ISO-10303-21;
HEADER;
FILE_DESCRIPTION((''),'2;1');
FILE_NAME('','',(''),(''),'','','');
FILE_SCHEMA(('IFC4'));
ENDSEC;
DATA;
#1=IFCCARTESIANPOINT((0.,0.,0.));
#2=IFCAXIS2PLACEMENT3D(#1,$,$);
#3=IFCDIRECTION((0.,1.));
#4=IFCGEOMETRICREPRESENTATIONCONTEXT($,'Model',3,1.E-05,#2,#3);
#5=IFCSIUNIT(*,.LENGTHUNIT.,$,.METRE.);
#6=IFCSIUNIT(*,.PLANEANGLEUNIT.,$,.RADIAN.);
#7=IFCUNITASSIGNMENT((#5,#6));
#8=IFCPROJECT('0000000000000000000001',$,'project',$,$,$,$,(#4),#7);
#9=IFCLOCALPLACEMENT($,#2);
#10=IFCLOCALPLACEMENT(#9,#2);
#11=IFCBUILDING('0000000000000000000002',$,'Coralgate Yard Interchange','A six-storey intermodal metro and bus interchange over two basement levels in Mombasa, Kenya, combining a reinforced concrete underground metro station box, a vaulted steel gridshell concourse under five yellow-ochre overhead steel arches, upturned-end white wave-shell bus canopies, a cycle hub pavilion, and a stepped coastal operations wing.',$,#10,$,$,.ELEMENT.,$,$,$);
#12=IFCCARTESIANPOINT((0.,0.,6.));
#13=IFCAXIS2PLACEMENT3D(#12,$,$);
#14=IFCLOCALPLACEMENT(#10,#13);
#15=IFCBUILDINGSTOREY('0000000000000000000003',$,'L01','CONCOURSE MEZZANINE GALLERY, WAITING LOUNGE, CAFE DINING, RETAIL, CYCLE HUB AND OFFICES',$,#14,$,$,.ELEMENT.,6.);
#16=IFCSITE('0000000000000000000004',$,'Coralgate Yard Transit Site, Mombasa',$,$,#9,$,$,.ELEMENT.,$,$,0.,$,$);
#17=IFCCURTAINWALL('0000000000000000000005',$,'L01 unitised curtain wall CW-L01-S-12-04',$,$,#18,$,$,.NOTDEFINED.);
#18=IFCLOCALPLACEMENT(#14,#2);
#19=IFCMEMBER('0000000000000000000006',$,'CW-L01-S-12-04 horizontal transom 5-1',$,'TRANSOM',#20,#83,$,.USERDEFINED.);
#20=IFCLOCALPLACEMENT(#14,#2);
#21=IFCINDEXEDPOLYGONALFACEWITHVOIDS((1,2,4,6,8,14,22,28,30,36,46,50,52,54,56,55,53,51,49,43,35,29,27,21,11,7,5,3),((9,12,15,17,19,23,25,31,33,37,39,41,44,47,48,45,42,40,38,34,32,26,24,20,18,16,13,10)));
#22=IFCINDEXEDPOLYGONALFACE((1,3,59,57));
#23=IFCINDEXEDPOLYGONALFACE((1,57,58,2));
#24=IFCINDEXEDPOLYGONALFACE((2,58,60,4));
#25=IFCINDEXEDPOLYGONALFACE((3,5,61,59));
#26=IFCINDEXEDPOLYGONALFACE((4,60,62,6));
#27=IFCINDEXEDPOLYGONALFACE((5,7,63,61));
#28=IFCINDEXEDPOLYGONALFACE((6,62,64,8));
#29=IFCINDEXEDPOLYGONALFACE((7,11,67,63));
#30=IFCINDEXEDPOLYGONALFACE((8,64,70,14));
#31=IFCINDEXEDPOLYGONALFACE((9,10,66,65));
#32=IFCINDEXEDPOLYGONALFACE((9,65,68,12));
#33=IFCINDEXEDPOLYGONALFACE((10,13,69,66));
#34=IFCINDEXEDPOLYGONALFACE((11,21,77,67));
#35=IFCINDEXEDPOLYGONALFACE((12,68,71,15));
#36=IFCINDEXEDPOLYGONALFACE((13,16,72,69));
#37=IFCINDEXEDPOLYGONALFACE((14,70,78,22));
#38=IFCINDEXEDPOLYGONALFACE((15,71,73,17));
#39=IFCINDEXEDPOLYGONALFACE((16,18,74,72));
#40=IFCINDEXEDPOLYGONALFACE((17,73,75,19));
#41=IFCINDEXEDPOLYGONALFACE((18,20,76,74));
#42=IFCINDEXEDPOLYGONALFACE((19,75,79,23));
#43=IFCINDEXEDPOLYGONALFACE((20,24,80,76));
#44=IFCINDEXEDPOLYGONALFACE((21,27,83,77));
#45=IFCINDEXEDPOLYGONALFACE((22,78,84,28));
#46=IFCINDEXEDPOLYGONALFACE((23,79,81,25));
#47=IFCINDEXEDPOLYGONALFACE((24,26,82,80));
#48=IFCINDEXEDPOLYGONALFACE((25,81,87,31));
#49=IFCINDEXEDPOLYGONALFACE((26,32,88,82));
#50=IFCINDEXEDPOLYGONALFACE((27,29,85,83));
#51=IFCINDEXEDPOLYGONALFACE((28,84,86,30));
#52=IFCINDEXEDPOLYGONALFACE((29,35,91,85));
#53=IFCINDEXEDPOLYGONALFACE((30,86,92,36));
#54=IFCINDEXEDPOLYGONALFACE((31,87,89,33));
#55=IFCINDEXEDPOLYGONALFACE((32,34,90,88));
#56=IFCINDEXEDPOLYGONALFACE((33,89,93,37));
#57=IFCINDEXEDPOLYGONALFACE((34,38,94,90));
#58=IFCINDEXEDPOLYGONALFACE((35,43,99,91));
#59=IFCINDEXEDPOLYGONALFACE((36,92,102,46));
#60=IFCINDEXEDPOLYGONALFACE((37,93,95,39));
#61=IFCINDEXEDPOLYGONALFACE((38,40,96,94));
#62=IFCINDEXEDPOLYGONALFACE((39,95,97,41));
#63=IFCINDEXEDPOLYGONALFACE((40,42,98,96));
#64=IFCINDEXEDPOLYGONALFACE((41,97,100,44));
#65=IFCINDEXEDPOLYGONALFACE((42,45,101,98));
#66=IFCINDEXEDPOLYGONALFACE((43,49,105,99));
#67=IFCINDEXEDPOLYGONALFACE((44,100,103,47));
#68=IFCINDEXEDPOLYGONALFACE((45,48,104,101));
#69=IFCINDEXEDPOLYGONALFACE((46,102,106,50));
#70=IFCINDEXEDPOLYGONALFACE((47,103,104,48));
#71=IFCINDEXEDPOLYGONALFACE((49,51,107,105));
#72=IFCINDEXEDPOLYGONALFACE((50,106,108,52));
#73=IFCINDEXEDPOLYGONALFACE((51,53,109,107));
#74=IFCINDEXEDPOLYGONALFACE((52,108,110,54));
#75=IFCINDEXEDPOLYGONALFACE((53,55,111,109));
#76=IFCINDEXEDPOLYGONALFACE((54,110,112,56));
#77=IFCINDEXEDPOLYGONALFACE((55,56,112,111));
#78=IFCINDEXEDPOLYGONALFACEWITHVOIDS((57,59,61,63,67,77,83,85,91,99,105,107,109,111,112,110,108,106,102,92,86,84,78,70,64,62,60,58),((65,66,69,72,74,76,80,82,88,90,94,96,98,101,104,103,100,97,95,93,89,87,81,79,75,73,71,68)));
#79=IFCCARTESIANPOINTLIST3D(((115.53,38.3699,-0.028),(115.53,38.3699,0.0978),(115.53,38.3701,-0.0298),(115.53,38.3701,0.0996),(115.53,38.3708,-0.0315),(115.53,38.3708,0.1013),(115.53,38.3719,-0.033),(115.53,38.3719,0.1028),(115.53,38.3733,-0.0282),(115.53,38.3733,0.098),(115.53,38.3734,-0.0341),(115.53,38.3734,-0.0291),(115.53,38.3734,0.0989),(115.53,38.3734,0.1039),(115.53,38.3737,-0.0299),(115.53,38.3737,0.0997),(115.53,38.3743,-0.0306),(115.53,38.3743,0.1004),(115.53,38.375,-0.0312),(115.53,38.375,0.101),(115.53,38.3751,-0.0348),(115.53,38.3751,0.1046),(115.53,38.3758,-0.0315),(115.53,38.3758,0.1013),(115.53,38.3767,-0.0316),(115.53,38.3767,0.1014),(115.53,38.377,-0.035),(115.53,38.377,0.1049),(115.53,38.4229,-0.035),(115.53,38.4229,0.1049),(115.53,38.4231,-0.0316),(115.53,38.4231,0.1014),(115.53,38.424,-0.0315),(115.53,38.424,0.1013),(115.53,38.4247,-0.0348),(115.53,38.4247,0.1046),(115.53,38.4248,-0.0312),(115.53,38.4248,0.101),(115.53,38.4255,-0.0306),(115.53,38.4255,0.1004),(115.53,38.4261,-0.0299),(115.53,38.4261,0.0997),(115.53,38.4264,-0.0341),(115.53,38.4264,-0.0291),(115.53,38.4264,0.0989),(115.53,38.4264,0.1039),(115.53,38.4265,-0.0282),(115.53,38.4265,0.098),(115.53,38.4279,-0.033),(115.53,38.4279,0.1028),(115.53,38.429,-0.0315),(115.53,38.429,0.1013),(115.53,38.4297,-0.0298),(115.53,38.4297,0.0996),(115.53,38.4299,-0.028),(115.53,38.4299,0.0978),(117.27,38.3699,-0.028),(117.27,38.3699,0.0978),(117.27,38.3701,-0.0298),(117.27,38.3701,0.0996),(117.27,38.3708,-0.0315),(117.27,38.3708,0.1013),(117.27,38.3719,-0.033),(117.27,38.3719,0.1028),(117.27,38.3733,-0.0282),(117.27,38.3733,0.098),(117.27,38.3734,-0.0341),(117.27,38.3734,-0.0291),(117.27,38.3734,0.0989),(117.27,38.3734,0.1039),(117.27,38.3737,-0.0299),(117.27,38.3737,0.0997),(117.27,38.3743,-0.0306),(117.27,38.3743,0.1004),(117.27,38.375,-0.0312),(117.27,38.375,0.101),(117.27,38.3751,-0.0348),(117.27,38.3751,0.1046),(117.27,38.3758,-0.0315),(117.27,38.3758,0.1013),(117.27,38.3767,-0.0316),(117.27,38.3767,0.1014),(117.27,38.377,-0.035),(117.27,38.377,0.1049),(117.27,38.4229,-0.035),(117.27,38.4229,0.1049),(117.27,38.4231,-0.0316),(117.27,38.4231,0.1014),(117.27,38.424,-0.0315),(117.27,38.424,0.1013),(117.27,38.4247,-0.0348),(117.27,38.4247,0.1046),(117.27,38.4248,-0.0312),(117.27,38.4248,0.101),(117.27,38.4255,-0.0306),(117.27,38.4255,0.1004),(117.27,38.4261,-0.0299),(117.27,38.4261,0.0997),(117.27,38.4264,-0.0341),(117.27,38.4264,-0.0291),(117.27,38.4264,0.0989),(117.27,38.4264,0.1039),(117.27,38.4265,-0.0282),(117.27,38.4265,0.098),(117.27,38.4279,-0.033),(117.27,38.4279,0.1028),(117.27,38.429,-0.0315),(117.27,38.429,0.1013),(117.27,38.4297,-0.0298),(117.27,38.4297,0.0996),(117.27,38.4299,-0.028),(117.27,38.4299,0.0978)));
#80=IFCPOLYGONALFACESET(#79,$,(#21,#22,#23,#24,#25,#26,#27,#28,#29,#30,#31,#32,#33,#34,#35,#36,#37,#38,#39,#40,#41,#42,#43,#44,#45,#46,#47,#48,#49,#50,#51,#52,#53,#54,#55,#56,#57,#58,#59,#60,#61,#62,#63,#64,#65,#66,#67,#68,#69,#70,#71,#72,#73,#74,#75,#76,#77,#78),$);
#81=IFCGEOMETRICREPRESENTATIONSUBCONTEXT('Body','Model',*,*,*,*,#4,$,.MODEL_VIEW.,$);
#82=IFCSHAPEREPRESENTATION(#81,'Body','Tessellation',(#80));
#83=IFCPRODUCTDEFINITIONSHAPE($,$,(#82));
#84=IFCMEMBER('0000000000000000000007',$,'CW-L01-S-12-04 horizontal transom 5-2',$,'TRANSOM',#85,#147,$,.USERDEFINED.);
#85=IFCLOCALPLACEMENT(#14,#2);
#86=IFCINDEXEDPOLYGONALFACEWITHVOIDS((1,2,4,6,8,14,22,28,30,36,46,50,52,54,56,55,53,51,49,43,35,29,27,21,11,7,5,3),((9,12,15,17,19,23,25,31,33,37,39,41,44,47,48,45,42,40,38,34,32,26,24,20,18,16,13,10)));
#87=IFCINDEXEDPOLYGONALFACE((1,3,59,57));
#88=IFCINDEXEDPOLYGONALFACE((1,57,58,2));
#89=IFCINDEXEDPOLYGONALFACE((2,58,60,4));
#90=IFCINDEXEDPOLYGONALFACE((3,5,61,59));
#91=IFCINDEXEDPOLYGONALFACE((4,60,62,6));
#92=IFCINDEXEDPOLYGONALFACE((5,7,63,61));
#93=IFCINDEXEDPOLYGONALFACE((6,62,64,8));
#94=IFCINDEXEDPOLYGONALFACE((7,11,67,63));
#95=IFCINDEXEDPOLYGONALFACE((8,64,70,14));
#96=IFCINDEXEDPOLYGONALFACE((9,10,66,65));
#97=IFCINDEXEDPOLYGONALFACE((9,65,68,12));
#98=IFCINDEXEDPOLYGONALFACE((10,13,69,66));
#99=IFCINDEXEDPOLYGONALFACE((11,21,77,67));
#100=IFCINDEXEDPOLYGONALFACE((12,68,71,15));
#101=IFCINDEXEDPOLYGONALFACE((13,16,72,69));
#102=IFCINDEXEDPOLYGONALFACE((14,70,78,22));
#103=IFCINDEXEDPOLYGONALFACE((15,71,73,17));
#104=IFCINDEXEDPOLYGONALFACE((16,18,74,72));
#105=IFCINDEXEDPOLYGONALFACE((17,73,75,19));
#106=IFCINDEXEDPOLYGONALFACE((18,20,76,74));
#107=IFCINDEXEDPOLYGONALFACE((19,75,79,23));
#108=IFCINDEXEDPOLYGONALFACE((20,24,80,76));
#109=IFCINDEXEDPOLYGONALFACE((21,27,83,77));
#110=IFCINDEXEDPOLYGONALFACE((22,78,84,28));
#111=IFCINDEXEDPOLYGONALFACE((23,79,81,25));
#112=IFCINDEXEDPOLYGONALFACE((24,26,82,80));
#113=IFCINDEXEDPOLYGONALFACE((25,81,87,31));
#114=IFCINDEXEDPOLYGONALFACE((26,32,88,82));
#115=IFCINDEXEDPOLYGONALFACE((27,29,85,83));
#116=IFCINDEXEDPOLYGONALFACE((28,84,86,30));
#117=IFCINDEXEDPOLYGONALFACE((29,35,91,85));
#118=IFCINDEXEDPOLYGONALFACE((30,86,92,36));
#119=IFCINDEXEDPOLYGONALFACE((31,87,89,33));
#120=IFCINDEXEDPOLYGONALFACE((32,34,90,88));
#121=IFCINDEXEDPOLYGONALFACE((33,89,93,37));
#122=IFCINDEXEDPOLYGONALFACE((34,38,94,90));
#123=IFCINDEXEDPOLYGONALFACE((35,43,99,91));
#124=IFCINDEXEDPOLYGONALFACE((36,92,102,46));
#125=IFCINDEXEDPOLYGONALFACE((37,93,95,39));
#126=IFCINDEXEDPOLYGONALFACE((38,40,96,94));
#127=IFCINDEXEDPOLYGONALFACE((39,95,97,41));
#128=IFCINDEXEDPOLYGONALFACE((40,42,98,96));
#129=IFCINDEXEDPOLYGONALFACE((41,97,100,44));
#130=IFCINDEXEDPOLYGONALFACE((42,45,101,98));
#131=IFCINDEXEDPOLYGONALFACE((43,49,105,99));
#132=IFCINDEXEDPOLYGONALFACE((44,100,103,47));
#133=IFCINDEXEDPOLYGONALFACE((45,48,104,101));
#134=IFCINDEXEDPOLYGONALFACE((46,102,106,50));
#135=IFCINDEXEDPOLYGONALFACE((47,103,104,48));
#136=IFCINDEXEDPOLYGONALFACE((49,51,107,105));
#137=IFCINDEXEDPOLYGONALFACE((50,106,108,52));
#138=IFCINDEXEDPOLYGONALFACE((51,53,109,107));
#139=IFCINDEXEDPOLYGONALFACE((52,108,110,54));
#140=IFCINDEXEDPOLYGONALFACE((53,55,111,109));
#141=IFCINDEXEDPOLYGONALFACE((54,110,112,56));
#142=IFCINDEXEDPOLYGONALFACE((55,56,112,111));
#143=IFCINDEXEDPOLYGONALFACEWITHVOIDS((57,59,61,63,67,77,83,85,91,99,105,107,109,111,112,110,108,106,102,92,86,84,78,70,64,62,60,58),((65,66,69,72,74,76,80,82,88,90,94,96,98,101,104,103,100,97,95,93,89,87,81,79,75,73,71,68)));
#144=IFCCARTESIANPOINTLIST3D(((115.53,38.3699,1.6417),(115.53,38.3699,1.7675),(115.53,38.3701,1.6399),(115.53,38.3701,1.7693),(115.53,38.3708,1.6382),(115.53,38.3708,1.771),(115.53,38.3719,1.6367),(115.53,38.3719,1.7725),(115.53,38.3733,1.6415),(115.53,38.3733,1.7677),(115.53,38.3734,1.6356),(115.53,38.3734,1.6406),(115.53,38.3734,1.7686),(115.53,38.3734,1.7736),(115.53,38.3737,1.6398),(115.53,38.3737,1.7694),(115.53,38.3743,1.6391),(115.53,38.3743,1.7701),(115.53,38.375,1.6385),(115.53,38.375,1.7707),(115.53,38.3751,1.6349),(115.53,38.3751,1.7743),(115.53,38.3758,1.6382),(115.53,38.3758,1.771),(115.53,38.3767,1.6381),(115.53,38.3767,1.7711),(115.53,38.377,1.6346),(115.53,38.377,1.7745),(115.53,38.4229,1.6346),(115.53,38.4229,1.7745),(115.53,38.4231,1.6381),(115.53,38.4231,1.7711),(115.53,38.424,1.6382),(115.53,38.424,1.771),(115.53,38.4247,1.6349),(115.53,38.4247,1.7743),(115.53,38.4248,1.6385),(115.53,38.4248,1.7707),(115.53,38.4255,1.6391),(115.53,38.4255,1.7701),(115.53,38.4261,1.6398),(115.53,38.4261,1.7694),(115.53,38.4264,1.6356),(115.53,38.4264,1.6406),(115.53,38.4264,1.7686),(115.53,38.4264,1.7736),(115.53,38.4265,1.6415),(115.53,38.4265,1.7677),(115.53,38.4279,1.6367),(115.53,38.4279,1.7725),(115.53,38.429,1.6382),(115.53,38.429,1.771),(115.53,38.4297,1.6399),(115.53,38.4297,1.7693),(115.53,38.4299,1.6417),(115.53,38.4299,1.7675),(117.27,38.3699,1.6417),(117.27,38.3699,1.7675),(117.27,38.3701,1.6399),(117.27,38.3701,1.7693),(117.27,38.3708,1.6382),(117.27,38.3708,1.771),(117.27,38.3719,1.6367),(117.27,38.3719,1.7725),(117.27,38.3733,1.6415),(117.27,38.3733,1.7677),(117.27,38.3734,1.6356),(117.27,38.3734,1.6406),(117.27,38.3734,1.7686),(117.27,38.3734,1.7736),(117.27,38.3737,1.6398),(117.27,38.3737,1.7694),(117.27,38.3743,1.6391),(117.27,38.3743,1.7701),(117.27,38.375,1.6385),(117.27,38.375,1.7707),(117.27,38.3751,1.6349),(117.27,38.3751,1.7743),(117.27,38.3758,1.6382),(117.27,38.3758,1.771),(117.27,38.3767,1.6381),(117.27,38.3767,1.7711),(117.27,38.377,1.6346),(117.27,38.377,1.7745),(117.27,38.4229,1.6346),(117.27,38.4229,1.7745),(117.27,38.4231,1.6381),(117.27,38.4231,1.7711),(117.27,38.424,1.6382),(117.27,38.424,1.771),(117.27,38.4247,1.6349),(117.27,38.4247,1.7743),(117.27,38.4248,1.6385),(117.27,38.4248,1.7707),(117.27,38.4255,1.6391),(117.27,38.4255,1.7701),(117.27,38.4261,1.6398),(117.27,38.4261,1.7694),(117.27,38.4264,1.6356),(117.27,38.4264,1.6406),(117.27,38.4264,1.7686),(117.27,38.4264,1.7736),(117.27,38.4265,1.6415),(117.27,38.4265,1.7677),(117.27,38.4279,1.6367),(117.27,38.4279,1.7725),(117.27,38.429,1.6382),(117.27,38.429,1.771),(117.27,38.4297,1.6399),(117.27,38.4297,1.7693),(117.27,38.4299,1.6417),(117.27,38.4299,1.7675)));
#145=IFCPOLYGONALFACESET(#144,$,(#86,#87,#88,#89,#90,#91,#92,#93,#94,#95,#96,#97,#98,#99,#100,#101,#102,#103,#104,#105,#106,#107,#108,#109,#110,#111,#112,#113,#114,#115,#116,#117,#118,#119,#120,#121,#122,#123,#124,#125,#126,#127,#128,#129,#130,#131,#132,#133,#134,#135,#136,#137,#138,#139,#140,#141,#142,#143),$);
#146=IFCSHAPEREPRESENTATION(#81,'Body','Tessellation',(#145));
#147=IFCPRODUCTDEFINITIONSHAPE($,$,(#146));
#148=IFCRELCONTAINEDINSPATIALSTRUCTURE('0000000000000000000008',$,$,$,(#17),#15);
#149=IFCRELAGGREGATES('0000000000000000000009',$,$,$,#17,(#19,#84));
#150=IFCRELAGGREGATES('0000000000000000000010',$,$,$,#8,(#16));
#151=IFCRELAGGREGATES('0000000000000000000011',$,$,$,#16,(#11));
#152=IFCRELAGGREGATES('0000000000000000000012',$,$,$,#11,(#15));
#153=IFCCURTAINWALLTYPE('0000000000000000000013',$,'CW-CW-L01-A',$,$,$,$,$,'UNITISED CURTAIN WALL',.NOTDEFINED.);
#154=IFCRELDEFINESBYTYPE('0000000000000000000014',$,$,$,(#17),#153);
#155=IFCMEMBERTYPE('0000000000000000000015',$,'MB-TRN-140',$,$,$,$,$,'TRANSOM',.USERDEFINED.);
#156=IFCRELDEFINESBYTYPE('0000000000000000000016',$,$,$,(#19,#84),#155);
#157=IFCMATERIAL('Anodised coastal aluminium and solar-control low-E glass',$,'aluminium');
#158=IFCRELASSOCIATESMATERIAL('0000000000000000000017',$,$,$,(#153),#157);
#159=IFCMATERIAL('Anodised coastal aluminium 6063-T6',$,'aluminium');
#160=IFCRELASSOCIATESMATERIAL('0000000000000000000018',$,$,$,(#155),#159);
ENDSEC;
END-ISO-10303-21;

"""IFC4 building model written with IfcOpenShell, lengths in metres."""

from ifc_helpers import new_model, si_unit, direction, frame, origin, origin_2d, place, context, subcontext, project, spatial, hollow_rectangle, extrude, material, material_profile, profile_set, type_object, element, aggregate, save


model = new_model("IFC4")

# Units and contexts
model_context = context("Model", 3, precision=1e-05, world=origin(), true_north=direction((0.0, 1.0)))
body_context = subcontext(model_context, "Body", "Model", "MODEL_VIEW")
ifc_project = project(units=[si_unit("LENGTHUNIT", "METRE"), si_unit("PLANEANGLEUNIT", "RADIAN")], contexts=[model_context])

# Site, building, storey
site_placement = place(None, origin())
site = spatial("IfcSite", under=ifc_project, at=site_placement, Name="Coralgate Yard Transit Site, Mombasa", CompositionType="ELEMENT", RefElevation=0.0)
building_placement = place(site_placement, origin())
building = spatial("IfcBuilding", under=site, at=building_placement, Name="Coralgate Yard Interchange", Description="A six-storey intermodal metro and bus interchange over two basement levels in Mombasa, Kenya, combining a reinforced concrete underground metro station box, a vaulted steel gridshell concourse under five yellow-ochre overhead steel arches, upturned-end white wave-shell bus canopies, a cycle hub pavilion, and a stepped coastal operations wing.", CompositionType="ELEMENT")
storey_placement = place(building_placement, frame((0.0, 0.0, 6.0)))
storey = spatial("IfcBuildingStorey", under=building, at=storey_placement, Name="L01", Description="CONCOURSE MEZZANINE GALLERY, WAITING LOUNGE, CAFE DINING, RETAIL, CYCLE HUB AND OFFICES", CompositionType="ELEMENT", Elevation=6.0)

# Shared definitions
ifc_material_1 = material(Name="Anodised coastal aluminium and solar-control low-E glass", Category="aluminium")
ifc_material_2 = material(Name="Anodised coastal aluminium 6063-T6", Category="aluminium")

# Curtain wall
curtain_wall_type_1 = type_object("IfcCurtainWallType", Name="CW-CW-L01-A", ElementType="UNITISED CURTAIN WALL", PredefinedType="NOTDEFINED", material=ifc_material_1)
curtain_wall_1_placement = place(storey_placement, origin())
curtain_wall_1 = element("IfcCurtainWall", 1, at=curtain_wall_1_placement, inside=storey, type_object=curtain_wall_type_1, Name="L01 unitised curtain wall CW-L01-S-12-04", PredefinedType="NOTDEFINED")

# Members
ifc_material_profile_1 = material_profile(ifc_material_2, hollow_rectangle(XDim=0.0601, YDim=0.1399, WallThickness=0.0034, InnerFilletRadius=0.0034, OuterFilletRadius=0.0071, at=origin_2d()), Name="ALU 60x140x3.5")
ifc_profile_set_1 = profile_set([ifc_material_profile_1], Name="Anodised coastal aluminium 6063-T6")
member_type_1 = type_object("IfcMemberType", Name="MB-TRN-140", ElementType="TRANSOM", PredefinedType="USERDEFINED", material=ifc_profile_set_1)
member_1_placement = place(storey_placement, frame((117.27, 38.3999, 0.0349), z_axis=(-1.0, 0.0, 0.0), x_axis=(0.0, -1.0, 0.0)))
member_1 = element("IfcMember", 2, at=member_1_placement, type_object=member_type_1, Name="CW-L01-S-12-04 horizontal transom 5-1", ObjectType="TRANSOM", PredefinedType="USERDEFINED", context=body_context, shape_type="SweptSolid", body=[
    extrude(hollow_rectangle(XDim=0.0601, YDim=0.1399, WallThickness=0.0034, InnerFilletRadius=0.0034, OuterFilletRadius=0.0071, at=origin_2d()), origin(), (0.0, 0.0, 1.0), 1.74),
])
member_2_placement = place(storey_placement, frame((117.27, 38.3999, 1.7046), z_axis=(-1.0, 0.0, 0.0), x_axis=(0.0, -1.0, 0.0)))
member_2 = element("IfcMember", 3, at=member_2_placement, type_object=member_type_1, Name="CW-L01-S-12-04 horizontal transom 5-2", ObjectType="TRANSOM", PredefinedType="USERDEFINED", context=body_context, shape_type="SweptSolid", body=[
    extrude(hollow_rectangle(XDim=0.0601, YDim=0.1399, WallThickness=0.0034, InnerFilletRadius=0.0034, OuterFilletRadius=0.0071, at=origin_2d()), origin(), (0.0, 0.0, 1.0), 1.74),
])

aggregate(curtain_wall_1, [member_1, member_2])

save(model, "model.ifc")
